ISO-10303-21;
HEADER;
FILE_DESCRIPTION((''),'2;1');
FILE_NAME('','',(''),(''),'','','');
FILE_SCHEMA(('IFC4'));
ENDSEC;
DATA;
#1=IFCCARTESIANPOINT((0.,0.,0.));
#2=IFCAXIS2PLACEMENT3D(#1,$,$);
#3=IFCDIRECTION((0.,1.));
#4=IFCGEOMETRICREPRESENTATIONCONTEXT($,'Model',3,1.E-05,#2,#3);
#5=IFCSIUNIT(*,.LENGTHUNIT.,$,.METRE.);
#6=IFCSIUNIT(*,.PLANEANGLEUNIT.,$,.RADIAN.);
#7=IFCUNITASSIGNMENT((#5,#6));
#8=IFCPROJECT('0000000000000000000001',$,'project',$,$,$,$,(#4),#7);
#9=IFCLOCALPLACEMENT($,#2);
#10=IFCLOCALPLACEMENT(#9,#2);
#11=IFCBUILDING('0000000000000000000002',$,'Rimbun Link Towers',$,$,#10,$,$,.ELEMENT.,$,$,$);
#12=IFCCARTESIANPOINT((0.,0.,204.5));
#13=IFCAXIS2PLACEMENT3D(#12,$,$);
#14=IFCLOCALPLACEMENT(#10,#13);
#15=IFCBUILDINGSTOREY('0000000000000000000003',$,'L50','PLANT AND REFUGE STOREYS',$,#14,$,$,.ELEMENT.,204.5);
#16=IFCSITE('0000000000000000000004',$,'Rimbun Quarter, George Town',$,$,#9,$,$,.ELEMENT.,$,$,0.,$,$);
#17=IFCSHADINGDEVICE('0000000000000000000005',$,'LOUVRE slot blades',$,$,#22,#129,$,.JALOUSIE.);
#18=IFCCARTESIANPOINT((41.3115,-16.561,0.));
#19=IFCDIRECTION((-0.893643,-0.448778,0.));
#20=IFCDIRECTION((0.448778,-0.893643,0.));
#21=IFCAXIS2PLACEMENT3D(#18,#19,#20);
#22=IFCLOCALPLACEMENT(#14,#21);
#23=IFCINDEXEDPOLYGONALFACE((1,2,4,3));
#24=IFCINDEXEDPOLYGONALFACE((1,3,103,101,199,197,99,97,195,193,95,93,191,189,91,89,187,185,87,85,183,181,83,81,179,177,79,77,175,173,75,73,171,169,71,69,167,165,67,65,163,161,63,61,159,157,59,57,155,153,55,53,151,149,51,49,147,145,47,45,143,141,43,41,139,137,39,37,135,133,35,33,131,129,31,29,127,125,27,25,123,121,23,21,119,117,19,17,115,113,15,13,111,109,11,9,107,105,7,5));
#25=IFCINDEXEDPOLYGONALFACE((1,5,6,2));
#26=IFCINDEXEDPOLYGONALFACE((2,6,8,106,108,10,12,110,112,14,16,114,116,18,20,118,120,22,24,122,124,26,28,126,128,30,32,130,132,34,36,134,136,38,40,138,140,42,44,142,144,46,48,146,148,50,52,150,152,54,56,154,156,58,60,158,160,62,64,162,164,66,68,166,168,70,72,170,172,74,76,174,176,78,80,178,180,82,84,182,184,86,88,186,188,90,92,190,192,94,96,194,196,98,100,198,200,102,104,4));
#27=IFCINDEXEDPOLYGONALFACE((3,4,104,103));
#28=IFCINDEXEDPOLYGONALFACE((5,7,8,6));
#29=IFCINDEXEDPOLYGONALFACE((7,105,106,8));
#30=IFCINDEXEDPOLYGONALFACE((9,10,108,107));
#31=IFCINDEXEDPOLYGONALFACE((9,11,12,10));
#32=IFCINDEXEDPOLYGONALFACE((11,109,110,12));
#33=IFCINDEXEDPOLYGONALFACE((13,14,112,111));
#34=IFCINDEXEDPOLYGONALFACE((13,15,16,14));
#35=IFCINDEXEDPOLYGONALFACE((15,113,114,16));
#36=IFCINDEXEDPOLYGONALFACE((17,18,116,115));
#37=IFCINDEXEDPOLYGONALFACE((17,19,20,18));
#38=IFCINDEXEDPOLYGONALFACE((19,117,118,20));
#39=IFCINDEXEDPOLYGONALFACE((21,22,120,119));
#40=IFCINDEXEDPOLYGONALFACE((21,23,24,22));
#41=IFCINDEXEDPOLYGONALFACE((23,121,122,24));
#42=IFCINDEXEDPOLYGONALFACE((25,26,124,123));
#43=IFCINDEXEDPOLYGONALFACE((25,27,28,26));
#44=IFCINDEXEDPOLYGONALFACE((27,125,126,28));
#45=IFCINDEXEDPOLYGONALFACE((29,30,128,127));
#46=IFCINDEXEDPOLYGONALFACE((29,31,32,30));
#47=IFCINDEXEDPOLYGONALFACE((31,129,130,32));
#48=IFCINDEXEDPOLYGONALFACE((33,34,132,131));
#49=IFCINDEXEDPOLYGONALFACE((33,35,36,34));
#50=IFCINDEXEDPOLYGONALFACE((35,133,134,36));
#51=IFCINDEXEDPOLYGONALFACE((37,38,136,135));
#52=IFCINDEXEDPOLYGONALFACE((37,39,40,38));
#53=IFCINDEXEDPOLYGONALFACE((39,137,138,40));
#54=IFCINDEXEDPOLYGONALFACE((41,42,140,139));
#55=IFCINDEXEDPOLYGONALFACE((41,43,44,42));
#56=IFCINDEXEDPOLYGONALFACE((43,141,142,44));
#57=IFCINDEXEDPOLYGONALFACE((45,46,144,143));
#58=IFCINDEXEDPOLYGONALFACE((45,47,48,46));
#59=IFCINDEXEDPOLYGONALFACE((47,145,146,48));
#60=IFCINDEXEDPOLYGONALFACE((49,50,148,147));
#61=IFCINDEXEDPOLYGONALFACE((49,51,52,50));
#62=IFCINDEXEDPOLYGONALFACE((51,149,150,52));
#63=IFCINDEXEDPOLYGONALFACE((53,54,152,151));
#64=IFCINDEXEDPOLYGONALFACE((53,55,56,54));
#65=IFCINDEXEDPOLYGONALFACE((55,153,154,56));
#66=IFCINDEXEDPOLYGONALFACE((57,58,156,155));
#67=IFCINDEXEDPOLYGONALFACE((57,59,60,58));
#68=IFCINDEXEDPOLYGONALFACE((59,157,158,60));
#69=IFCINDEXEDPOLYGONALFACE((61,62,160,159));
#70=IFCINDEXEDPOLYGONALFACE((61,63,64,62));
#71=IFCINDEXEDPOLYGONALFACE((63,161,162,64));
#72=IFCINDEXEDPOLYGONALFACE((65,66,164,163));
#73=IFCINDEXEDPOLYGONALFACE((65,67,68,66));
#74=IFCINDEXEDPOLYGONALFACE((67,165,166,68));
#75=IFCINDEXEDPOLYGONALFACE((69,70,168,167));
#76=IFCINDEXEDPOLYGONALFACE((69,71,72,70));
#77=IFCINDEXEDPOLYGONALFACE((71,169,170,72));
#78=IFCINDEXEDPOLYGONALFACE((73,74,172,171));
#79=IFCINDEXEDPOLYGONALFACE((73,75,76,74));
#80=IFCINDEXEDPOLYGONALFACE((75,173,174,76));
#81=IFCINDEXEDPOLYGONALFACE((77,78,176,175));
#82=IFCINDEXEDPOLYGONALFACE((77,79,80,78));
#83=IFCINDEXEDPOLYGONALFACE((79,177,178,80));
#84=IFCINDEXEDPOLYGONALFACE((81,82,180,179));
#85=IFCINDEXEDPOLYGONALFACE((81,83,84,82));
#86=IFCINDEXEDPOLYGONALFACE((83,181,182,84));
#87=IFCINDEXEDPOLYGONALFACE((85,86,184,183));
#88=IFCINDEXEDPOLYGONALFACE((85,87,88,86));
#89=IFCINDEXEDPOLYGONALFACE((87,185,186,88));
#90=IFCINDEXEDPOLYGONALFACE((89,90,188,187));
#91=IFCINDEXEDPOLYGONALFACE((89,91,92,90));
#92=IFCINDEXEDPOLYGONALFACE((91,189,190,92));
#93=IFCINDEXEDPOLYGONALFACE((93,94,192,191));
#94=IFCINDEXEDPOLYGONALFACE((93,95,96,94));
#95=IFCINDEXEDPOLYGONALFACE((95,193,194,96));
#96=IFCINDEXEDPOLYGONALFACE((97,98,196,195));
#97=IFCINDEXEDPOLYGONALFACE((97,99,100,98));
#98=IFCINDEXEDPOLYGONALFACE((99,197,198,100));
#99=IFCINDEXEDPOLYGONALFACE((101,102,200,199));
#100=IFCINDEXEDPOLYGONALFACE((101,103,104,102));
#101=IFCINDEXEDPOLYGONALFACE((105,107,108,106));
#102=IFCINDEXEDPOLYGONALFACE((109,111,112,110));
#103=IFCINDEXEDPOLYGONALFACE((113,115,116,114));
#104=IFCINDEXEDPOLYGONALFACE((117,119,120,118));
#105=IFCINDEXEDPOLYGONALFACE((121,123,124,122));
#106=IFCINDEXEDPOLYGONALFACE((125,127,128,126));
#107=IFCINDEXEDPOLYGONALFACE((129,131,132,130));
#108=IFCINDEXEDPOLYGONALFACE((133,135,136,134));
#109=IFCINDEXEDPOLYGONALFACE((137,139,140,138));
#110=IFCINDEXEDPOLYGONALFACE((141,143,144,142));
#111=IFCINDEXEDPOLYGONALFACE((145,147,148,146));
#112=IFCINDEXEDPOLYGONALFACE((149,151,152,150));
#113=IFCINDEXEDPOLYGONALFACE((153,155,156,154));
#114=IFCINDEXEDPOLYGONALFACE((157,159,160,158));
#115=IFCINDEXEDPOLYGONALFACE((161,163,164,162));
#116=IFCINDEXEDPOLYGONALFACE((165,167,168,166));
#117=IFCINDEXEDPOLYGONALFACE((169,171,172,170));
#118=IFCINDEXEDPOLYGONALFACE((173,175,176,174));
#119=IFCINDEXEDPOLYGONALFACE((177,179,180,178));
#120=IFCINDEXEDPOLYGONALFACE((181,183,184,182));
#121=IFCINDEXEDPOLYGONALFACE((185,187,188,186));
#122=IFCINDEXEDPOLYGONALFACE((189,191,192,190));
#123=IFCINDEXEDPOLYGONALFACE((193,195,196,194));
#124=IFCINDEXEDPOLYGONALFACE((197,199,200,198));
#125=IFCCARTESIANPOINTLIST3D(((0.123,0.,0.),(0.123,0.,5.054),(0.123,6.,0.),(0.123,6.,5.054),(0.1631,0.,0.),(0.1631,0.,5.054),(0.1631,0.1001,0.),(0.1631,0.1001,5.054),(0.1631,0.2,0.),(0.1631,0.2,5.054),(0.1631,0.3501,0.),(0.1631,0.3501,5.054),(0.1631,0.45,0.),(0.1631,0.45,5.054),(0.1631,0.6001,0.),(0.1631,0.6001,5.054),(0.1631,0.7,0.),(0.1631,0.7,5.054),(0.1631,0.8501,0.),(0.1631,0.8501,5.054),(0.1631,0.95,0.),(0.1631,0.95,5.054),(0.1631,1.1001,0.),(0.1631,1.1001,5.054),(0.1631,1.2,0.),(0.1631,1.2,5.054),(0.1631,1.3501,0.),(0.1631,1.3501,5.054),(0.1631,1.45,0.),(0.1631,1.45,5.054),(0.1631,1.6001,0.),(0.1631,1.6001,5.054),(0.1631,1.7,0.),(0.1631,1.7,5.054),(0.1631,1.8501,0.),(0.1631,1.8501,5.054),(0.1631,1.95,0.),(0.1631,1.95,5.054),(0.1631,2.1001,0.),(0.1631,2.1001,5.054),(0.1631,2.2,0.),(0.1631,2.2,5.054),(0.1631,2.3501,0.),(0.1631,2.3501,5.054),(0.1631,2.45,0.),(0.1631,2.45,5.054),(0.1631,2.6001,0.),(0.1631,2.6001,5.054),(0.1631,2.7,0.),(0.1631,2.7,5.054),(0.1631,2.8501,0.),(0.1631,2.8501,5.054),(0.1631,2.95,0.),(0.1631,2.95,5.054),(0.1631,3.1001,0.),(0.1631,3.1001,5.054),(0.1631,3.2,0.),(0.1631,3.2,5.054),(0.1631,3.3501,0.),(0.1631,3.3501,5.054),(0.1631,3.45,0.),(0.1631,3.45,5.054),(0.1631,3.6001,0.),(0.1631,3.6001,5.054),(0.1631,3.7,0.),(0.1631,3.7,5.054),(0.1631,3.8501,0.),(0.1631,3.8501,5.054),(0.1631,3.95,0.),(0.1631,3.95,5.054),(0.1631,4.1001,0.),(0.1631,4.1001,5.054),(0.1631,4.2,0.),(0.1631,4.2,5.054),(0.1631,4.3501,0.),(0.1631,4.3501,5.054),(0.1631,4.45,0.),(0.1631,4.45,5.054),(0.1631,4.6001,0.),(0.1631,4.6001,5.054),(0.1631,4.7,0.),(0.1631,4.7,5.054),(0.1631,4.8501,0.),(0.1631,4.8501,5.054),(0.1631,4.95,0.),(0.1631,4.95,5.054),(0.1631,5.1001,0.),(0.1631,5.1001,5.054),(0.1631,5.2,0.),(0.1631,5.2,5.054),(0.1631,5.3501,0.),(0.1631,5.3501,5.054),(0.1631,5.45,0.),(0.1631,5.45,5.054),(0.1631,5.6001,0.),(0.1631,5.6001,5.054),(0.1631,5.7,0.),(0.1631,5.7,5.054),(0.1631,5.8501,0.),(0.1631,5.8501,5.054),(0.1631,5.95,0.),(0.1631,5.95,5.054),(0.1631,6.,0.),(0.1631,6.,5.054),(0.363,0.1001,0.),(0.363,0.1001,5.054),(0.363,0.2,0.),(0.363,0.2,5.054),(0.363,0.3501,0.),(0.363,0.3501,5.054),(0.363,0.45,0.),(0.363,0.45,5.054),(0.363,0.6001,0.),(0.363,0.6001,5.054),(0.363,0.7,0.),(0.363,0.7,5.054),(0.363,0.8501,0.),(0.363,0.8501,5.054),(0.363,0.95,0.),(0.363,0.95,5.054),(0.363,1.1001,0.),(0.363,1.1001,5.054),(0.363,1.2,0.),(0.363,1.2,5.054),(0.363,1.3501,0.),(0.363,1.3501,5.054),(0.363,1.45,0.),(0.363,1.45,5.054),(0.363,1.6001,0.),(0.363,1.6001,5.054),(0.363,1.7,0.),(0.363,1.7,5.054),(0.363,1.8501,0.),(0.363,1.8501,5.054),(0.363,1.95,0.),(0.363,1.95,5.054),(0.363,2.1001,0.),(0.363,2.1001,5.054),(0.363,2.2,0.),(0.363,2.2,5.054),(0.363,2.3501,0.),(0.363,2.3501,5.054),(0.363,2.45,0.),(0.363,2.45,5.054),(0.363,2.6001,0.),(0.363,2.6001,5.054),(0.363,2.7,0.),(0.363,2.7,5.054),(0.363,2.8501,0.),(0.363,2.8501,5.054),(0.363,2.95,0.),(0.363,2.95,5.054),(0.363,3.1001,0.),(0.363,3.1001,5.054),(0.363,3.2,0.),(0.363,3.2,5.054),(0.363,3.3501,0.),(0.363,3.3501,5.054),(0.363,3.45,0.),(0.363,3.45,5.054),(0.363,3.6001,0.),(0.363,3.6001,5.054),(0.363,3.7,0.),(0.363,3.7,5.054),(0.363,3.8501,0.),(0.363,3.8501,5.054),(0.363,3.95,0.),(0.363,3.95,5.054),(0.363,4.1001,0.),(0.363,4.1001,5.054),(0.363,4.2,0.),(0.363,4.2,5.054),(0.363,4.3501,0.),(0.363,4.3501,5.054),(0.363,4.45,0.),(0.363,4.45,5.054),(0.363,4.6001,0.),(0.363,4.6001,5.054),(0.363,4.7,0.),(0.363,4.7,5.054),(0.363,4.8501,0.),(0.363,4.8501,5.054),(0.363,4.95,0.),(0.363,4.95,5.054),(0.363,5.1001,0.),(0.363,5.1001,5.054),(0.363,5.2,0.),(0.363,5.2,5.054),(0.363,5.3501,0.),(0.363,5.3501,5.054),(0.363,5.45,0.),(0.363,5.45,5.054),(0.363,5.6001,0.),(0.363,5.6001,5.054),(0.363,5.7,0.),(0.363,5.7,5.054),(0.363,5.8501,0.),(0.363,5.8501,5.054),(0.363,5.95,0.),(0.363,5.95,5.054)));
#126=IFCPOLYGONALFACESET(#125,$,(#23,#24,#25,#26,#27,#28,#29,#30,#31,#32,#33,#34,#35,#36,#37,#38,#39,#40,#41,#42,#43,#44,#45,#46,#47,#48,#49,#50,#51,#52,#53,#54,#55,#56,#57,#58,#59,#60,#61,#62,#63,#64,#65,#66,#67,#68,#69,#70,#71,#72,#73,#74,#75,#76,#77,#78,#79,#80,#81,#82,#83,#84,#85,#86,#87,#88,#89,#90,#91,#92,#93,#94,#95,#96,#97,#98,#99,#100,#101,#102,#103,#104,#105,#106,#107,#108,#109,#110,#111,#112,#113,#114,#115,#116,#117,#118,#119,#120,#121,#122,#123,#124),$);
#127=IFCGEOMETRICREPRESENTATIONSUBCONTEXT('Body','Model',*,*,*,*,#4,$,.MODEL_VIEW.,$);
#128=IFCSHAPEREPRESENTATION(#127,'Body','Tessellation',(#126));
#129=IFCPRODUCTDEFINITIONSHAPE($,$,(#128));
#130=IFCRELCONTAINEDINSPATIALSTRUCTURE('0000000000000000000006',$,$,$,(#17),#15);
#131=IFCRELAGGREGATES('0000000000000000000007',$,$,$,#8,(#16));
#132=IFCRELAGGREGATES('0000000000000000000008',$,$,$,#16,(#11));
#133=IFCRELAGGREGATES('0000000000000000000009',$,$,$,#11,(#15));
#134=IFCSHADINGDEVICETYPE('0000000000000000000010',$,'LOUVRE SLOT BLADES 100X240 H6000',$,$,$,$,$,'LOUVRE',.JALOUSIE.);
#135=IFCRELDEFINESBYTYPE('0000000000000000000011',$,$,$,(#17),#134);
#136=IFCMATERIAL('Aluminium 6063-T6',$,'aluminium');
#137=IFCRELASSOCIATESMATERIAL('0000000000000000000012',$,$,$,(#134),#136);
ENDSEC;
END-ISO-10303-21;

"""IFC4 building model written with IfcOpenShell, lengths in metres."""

from ifc_helpers import new_model, si_unit, direction, frame, origin, place, context, subcontext, project, spatial, polyline, outline, extrude, material, material_profile, profile_set, type_object, element, save


model = new_model("IFC4")

# Units and contexts
model_context = context("Model", 3, precision=1e-05, world=origin(), true_north=direction((0.0, 1.0)))
body_context = subcontext(model_context, "Body", "Model", "MODEL_VIEW")
ifc_project = project(units=[si_unit("LENGTHUNIT", "METRE"), si_unit("PLANEANGLEUNIT", "RADIAN")], contexts=[model_context])

# Site, building, storey
site_placement = place(None, origin())
site = spatial("IfcSite", under=ifc_project, at=site_placement, Name="Rimbun Quarter, George Town", CompositionType="ELEMENT", RefElevation=0.0)
building_placement = place(site_placement, origin())
building = spatial("IfcBuilding", under=site, at=building_placement, Name="Rimbun Link Towers", CompositionType="ELEMENT")
storey_placement = place(building_placement, frame((0.0, 0.0, 204.5)))
storey = spatial("IfcBuildingStorey", under=building, at=storey_placement, Name="L50", Description="PLANT AND REFUGE STOREYS", CompositionType="ELEMENT", Elevation=204.5)

# Shading device
ifc_material_1 = material(Name="Aluminium 6063-T6", Category="aluminium")
ifc_material_profile_1 = material_profile(ifc_material_1, outline(polyline([(0.123, 0.0), (0.1631, 0.0), (0.1631, 0.1001), (0.363, 0.1001), (0.363, 0.2), (0.1631, 0.2), (0.1631, 0.3501), (0.363, 0.3501), (0.363, 0.45), (0.1631, 0.45), (0.1631, 0.6001), (0.363, 0.6001), (0.363, 0.7), (0.1631, 0.7), (0.1631, 0.8501), (0.363, 0.8501), (0.363, 0.95), (0.1631, 0.95), (0.1631, 1.1001), (0.363, 1.1001), (0.363, 1.2), (0.1631, 1.2), (0.1631, 1.3501), (0.363, 1.3501), (0.363, 1.45), (0.1631, 1.45), (0.1631, 1.6001), (0.363, 1.6001), (0.363, 1.7), (0.1631, 1.7), (0.1631, 1.8501), (0.363, 1.8501), (0.363, 1.95), (0.1631, 1.95), (0.1631, 2.1001), (0.363, 2.1001), (0.363, 2.2), (0.1631, 2.2), (0.1631, 2.3501), (0.363, 2.3501), (0.363, 2.45), (0.1631, 2.45), (0.1631, 2.6001), (0.363, 2.6001), (0.363, 2.7), (0.1631, 2.7), (0.1631, 2.8501), (0.363, 2.8501), (0.363, 2.95), (0.1631, 2.95), (0.1631, 3.1001), (0.363, 3.1001), (0.363, 3.2), (0.1631, 3.2), (0.1631, 3.3501), (0.363, 3.3501), (0.363, 3.45), (0.1631, 3.45), (0.1631, 3.6001), (0.363, 3.6001), (0.363, 3.7), (0.1631, 3.7), (0.1631, 3.8501), (0.363, 3.8501), (0.363, 3.95), (0.1631, 3.95), (0.1631, 4.1001), (0.363, 4.1001), (0.363, 4.2), (0.1631, 4.2), (0.1631, 4.3501), (0.363, 4.3501), (0.363, 4.45), (0.1631, 4.45), (0.1631, 4.6001), (0.363, 4.6001), (0.363, 4.7), (0.1631, 4.7), (0.1631, 4.8501), (0.363, 4.8501), (0.363, 4.95), (0.1631, 4.95), (0.1631, 5.1001), (0.363, 5.1001), (0.363, 5.2), (0.1631, 5.2), (0.1631, 5.3501), (0.363, 5.3501), (0.363, 5.45), (0.1631, 5.45), (0.1631, 5.6001), (0.363, 5.6001), (0.363, 5.7), (0.1631, 5.7), (0.1631, 5.8501), (0.363, 5.8501), (0.363, 5.95), (0.1631, 5.95), (0.1631, 6.0), (0.123, 6.0), (0.123, 0.0)])), Name="LOUVRE BLADES 100X240")
ifc_profile_set_1 = profile_set([ifc_material_profile_1], Name="Aluminium 6063-T6")
shading_device_type = type_object("IfcShadingDeviceType", Name="LOUVRE SLOT BLADES 100X240 H6000", ElementType="LOUVRE", PredefinedType="JALOUSIE", material=ifc_profile_set_1)
shading_device_placement = place(storey_placement, frame((41.3115, -16.561, 0.0), z_axis=(-0.893643, -0.448778, 0.0), x_axis=(0.448778, -0.893643, 0.0)))
element("IfcShadingDevice", 1, at=shading_device_placement, inside=storey, type_object=shading_device_type, Name="LOUVRE slot blades", PredefinedType="JALOUSIE", context=body_context, shape_type="SweptSolid", body=[
    extrude(outline(polyline([(0.123, 0.0), (0.1631, 0.0), (0.1631, 0.1001), (0.363, 0.1001), (0.363, 0.2), (0.1631, 0.2), (0.1631, 0.3501), (0.363, 0.3501), (0.363, 0.45), (0.1631, 0.45), (0.1631, 0.6001), (0.363, 0.6001), (0.363, 0.7), (0.1631, 0.7), (0.1631, 0.8501), (0.363, 0.8501), (0.363, 0.95), (0.1631, 0.95), (0.1631, 1.1001), (0.363, 1.1001), (0.363, 1.2), (0.1631, 1.2), (0.1631, 1.3501), (0.363, 1.3501), (0.363, 1.45), (0.1631, 1.45), (0.1631, 1.6001), (0.363, 1.6001), (0.363, 1.7), (0.1631, 1.7), (0.1631, 1.8501), (0.363, 1.8501), (0.363, 1.95), (0.1631, 1.95), (0.1631, 2.1001), (0.363, 2.1001), (0.363, 2.2), (0.1631, 2.2), (0.1631, 2.3501), (0.363, 2.3501), (0.363, 2.45), (0.1631, 2.45), (0.1631, 2.6001), (0.363, 2.6001), (0.363, 2.7), (0.1631, 2.7), (0.1631, 2.8501), (0.363, 2.8501), (0.363, 2.95), (0.1631, 2.95), (0.1631, 3.1001), (0.363, 3.1001), (0.363, 3.2), (0.1631, 3.2), (0.1631, 3.3501), (0.363, 3.3501), (0.363, 3.45), (0.1631, 3.45), (0.1631, 3.6001), (0.363, 3.6001), (0.363, 3.7), (0.1631, 3.7), (0.1631, 3.8501), (0.363, 3.8501), (0.363, 3.95), (0.1631, 3.95), (0.1631, 4.1001), (0.363, 4.1001), (0.363, 4.2), (0.1631, 4.2), (0.1631, 4.3501), (0.363, 4.3501), (0.363, 4.45), (0.1631, 4.45), (0.1631, 4.6001), (0.363, 4.6001), (0.363, 4.7), (0.1631, 4.7), (0.1631, 4.8501), (0.363, 4.8501), (0.363, 4.95), (0.1631, 4.95), (0.1631, 5.1001), (0.363, 5.1001), (0.363, 5.2), (0.1631, 5.2), (0.1631, 5.3501), (0.363, 5.3501), (0.363, 5.45), (0.1631, 5.45), (0.1631, 5.6001), (0.363, 5.6001), (0.363, 5.7), (0.1631, 5.7), (0.1631, 5.8501), (0.363, 5.8501), (0.363, 5.95), (0.1631, 5.95), (0.1631, 6.0), (0.123, 6.0), (0.123, 0.0)])), origin(), (0.0, 0.0, 1.0), 5.054),
])

save(model, "model.ifc")
